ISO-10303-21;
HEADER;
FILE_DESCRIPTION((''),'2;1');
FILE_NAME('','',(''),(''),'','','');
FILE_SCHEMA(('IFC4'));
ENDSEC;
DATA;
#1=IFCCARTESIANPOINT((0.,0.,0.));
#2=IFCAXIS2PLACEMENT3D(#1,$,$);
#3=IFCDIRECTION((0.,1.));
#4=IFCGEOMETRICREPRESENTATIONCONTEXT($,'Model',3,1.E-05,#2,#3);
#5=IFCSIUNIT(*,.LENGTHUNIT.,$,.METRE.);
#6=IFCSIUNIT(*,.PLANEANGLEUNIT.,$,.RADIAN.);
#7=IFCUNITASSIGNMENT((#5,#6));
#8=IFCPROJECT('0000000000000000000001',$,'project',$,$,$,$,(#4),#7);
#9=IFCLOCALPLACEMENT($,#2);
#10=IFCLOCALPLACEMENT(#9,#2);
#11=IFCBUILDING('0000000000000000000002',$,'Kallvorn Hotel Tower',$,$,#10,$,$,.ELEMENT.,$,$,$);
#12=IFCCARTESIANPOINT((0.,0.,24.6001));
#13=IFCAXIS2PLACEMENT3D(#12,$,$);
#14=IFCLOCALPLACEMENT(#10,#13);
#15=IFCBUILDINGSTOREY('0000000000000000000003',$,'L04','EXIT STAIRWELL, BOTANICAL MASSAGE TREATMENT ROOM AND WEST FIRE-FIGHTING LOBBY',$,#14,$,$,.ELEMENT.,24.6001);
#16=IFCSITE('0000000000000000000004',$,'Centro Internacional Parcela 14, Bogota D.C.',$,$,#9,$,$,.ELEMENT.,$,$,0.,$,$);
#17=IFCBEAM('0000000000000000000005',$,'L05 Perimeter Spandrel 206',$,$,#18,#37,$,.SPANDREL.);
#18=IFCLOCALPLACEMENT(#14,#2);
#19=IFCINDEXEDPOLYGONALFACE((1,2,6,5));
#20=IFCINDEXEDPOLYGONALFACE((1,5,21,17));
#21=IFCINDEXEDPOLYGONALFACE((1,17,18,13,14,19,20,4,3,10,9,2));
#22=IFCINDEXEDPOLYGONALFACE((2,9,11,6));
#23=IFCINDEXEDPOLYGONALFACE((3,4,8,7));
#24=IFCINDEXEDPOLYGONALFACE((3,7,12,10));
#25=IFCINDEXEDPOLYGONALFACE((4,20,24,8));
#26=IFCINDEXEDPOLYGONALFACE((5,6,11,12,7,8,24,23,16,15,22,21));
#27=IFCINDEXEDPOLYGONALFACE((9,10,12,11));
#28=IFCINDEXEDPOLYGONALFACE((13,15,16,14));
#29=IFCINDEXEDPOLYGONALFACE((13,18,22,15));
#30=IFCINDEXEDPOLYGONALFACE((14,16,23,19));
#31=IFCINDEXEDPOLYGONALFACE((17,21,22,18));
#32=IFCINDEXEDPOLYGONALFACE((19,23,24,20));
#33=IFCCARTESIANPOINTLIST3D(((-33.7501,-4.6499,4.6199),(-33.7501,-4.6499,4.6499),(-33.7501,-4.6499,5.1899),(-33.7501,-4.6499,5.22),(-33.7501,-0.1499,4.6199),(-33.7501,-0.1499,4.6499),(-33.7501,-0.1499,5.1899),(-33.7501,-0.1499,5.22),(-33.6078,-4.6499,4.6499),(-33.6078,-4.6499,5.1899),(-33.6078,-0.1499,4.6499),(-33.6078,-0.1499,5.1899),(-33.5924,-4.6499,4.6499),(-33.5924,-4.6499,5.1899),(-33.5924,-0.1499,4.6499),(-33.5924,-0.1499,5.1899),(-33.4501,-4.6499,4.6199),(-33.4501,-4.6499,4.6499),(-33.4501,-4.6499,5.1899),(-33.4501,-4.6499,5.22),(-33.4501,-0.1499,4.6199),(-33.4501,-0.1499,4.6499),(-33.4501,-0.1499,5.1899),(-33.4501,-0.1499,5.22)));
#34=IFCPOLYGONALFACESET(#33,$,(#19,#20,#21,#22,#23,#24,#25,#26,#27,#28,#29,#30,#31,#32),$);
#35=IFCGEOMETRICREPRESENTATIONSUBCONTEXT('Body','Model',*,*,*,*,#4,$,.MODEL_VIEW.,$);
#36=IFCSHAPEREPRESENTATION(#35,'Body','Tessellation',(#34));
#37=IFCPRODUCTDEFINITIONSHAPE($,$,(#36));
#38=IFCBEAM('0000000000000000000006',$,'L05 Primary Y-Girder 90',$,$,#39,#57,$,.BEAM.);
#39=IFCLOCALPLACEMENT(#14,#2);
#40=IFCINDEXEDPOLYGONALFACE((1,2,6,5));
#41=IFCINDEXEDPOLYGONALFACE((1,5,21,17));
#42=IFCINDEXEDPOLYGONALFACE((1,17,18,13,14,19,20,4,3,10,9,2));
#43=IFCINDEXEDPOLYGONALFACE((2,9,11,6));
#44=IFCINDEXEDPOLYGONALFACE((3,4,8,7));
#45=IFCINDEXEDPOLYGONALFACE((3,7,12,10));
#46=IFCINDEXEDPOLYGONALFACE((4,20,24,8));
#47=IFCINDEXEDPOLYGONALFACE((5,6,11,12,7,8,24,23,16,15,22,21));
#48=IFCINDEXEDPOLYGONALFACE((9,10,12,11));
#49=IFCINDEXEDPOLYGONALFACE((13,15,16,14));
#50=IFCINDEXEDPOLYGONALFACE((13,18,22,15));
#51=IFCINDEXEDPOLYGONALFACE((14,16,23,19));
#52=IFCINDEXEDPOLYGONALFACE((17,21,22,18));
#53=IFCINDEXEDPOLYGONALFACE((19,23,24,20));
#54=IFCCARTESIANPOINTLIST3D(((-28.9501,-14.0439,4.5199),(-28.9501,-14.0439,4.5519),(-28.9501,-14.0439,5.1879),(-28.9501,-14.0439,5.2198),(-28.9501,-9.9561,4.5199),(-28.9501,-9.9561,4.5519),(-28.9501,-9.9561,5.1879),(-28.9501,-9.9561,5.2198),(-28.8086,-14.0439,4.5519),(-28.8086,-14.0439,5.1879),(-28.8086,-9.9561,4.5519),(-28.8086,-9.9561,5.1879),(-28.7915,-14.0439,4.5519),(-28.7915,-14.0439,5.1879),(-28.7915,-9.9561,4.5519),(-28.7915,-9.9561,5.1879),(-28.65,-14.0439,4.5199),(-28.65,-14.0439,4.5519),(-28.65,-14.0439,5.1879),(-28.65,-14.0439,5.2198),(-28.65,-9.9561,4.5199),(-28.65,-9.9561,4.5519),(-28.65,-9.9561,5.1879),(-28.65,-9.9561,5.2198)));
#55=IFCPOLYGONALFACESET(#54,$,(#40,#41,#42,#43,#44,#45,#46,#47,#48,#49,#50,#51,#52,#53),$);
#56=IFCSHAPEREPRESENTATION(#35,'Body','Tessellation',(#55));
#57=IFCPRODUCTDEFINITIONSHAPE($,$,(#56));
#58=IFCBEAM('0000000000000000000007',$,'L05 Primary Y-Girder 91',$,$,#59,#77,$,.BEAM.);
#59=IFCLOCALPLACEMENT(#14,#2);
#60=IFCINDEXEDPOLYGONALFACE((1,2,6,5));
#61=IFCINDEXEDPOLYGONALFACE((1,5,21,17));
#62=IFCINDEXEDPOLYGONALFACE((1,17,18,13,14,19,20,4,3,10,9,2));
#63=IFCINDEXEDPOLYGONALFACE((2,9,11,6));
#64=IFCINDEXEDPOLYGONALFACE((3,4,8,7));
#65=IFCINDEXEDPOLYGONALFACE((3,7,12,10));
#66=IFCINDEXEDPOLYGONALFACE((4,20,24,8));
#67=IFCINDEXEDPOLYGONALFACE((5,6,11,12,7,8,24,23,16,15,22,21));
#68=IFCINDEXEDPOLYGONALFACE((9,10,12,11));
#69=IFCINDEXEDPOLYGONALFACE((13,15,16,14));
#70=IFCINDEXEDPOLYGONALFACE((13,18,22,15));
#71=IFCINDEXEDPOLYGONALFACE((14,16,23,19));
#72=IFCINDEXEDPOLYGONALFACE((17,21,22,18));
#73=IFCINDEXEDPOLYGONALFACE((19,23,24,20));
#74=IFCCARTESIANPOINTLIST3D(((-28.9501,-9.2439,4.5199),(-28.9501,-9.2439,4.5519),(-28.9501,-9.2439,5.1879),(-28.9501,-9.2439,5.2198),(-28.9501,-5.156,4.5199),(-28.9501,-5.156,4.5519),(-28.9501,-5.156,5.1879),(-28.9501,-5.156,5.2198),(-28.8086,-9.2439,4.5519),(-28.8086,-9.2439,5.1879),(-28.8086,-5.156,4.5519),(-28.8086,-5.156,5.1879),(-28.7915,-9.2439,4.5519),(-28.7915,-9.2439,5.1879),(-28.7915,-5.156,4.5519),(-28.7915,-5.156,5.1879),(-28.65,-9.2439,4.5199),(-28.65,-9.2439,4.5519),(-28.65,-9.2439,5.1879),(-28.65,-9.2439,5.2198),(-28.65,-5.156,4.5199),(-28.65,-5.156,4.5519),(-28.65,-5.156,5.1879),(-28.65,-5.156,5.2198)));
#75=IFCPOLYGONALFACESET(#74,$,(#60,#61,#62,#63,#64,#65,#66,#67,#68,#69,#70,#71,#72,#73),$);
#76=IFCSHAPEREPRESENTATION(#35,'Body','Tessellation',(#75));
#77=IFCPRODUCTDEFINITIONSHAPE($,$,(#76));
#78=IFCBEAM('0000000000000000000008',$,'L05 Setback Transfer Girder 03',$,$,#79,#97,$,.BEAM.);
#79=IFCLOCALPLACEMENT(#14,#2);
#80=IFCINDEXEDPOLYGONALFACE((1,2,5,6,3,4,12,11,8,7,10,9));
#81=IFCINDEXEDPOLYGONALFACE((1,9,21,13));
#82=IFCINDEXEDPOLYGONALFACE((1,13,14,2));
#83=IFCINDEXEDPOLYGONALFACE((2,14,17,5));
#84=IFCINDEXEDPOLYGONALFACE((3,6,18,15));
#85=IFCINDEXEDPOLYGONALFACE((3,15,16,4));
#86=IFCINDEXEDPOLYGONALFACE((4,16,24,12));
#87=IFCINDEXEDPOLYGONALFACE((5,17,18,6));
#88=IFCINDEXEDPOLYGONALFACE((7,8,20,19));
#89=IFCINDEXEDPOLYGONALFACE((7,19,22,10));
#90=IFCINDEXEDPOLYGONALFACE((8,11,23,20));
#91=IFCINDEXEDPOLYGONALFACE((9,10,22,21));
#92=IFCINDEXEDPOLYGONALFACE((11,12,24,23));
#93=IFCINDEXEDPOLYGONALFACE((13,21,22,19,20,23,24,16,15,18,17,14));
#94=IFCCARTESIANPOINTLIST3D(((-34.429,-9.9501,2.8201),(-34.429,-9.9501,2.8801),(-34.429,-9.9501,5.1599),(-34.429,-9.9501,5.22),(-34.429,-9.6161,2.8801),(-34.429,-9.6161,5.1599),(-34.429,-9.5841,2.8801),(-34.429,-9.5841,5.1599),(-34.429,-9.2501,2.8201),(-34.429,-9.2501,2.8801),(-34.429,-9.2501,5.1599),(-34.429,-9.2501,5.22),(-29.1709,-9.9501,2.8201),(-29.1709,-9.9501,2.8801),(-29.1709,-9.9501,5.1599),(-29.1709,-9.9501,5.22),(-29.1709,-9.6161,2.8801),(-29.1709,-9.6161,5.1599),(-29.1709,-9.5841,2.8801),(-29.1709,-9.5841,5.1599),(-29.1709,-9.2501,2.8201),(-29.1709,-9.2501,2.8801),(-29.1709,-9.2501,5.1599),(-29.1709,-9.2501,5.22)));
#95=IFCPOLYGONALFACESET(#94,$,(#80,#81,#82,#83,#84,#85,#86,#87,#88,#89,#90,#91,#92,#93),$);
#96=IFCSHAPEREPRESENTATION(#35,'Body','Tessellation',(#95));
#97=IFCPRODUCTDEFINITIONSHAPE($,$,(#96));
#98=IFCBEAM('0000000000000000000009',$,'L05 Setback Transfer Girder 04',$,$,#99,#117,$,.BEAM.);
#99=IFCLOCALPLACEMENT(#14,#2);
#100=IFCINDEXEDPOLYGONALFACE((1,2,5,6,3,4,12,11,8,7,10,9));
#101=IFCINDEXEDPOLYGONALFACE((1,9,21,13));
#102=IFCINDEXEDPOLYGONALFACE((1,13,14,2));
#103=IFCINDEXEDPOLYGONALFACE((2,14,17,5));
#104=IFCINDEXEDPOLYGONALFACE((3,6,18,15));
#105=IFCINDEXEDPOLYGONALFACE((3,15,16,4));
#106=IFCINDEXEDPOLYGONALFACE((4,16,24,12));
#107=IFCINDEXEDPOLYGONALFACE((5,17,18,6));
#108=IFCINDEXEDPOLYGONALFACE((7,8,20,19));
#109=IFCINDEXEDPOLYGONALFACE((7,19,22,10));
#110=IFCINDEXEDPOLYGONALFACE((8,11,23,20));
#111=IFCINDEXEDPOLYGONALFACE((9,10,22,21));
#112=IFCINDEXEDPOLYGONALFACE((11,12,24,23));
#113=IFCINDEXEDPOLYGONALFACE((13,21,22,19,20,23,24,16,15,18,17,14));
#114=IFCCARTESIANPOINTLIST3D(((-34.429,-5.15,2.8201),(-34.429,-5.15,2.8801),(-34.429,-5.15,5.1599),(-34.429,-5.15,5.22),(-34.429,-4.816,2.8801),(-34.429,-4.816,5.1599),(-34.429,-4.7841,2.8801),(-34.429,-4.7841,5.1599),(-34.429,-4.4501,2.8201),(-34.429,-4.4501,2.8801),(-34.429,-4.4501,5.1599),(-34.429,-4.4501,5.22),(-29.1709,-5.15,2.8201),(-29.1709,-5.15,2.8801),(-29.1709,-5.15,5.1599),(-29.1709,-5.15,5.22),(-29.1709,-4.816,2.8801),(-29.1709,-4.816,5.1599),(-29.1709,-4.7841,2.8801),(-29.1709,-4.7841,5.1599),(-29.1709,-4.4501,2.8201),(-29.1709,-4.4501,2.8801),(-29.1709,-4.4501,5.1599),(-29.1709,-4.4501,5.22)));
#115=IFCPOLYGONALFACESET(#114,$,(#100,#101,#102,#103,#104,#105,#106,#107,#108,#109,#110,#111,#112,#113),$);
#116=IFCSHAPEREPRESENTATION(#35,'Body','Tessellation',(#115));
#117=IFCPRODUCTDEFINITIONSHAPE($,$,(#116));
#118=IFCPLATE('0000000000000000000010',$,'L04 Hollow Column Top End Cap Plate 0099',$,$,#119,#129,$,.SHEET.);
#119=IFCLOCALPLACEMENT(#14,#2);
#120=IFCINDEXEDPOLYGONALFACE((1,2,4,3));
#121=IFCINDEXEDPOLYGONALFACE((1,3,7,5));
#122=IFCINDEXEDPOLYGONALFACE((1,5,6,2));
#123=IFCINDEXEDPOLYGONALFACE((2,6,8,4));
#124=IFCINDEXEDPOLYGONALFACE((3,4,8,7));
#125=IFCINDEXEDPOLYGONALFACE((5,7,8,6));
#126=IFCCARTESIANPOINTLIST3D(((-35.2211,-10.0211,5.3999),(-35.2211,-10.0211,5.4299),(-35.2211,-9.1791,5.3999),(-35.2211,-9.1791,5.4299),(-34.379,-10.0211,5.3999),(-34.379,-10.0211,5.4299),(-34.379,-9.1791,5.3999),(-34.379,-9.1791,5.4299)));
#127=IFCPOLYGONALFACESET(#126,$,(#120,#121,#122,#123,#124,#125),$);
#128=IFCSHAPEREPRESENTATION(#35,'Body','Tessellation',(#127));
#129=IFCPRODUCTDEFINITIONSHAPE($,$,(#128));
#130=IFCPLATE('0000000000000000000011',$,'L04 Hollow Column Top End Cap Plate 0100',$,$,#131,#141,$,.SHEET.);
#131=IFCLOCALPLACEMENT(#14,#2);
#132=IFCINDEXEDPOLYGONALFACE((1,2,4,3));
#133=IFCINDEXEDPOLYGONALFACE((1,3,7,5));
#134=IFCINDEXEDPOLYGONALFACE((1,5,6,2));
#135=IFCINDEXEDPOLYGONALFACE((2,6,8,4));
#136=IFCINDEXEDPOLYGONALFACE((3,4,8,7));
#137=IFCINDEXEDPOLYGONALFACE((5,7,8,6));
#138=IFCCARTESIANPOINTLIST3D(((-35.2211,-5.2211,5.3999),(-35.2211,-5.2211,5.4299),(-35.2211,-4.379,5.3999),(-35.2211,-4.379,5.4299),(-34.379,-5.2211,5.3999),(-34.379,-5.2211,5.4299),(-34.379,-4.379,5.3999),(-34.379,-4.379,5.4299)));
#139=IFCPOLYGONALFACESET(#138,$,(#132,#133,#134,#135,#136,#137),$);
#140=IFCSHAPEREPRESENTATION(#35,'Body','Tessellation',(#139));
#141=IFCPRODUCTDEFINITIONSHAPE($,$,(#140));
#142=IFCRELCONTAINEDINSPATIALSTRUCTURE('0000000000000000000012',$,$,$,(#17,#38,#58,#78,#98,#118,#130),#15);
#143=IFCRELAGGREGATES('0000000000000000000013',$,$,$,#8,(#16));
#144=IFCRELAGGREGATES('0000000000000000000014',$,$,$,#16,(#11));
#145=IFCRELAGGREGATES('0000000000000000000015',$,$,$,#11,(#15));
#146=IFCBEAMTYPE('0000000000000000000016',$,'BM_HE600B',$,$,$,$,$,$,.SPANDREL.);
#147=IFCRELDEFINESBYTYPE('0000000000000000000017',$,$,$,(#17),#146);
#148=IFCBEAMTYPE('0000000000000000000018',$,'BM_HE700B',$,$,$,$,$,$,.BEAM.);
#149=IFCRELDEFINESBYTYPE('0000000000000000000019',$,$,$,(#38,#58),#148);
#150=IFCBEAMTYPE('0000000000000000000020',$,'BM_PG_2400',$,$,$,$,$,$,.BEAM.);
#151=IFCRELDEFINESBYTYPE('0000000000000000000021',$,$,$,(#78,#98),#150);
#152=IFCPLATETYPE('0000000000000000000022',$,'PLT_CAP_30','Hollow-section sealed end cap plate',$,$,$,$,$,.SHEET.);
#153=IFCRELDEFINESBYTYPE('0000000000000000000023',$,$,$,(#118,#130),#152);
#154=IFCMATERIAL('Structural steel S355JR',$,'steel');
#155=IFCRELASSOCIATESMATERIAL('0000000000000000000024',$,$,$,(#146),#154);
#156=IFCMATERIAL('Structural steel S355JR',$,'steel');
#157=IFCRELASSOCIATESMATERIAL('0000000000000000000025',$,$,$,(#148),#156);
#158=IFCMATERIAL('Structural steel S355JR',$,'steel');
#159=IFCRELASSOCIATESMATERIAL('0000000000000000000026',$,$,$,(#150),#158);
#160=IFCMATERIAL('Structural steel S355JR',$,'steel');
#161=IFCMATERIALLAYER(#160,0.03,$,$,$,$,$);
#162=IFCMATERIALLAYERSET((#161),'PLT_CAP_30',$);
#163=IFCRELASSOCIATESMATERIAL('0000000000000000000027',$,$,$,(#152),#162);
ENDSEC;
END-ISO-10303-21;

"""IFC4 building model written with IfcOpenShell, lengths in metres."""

from ifc_helpers import new_model, si_unit, direction, frame, origin, origin_2d, place, context, subcontext, project, spatial, rectangle, i_section, extrude, material, layer, layer_set, material_profile, profile_set, type_object, element, save


model = new_model("IFC4")

# Units and contexts
model_context = context("Model", 3, precision=1e-05, world=origin(), true_north=direction((0.0, 1.0)))
body_context = subcontext(model_context, "Body", "Model", "MODEL_VIEW")
ifc_project = project(units=[si_unit("LENGTHUNIT", "METRE"), si_unit("PLANEANGLEUNIT", "RADIAN")], contexts=[model_context])

# Site, building, storey
site_placement = place(None, origin())
site = spatial("IfcSite", under=ifc_project, at=site_placement, Name="Centro Internacional Parcela 14, Bogota D.C.", CompositionType="ELEMENT", RefElevation=0.0)
building_placement = place(site_placement, origin())
building = spatial("IfcBuilding", under=site, at=building_placement, Name="Kallvorn Hotel Tower", CompositionType="ELEMENT")
storey_placement = place(building_placement, frame((0.0, 0.0, 24.6001)))
storey = spatial("IfcBuildingStorey", under=building, at=storey_placement, Name="L04", Description="EXIT STAIRWELL, BOTANICAL MASSAGE TREATMENT ROOM AND WEST FIRE-FIGHTING LOBBY", CompositionType="ELEMENT", Elevation=24.6001)

# Beams
ifc_material_1 = material(Name="Structural steel S355JR", Category="steel")
ifc_material_profile_1 = material_profile(ifc_material_1, i_section(OverallWidth=0.3, OverallDepth=0.6001, WebThickness=0.0154, FlangeThickness=0.03, at=origin_2d()), Name="HE 600 B")
ifc_profile_set_1 = profile_set([ifc_material_profile_1], Name="Structural steel S355JR")
beam_type_1 = type_object("IfcBeamType", Name="BM_HE600B", PredefinedType="SPANDREL", material=ifc_profile_set_1)
for number, where, z_axis, x_axis, name in (
    (1, (-33.6001, -4.6499, 4.9199), (0.0, 1.0, 0.0), (-1.0, 0.0, 0.0), "L05 Perimeter Spandrel 206"),
):
    element("IfcBeam", number, at=place(storey_placement, frame(where, z_axis=z_axis, x_axis=x_axis)), inside=storey, type_object=beam_type_1, Name=name, PredefinedType="SPANDREL", context=body_context, shape_type="SweptSolid", body=[
        extrude(i_section(OverallWidth=0.3, OverallDepth=0.6001, WebThickness=0.0154, FlangeThickness=0.03, at=origin_2d()), origin(), (0.0, 0.0, 1.0), 4.5),
    ])
ifc_material_2 = material(Name="Structural steel S355JR", Category="steel")
ifc_material_profile_2 = material_profile(ifc_material_2, i_section(OverallWidth=0.3, OverallDepth=0.7, WebThickness=0.0171, FlangeThickness=0.032, at=origin_2d()), Name="HE 700 B")
ifc_profile_set_2 = profile_set([ifc_material_profile_2], Name="Structural steel S355JR")
beam_type_2 = type_object("IfcBeamType", Name="BM_HE700B", PredefinedType="BEAM", material=ifc_profile_set_2)
for number, where, z_axis, x_axis, name in (
    (2, (-28.8, -14.0439, 4.8699), (0.0, 1.0, 0.0), (-1.0, 0.0, 0.0), "L05 Primary Y-Girder 90"),
    (3, (-28.8, -9.2439, 4.8699), (0.0, 1.0, 0.0), (-1.0, 0.0, 0.0), "L05 Primary Y-Girder 91"),
):
    element("IfcBeam", number, at=place(storey_placement, frame(where, z_axis=z_axis, x_axis=x_axis)), inside=storey, type_object=beam_type_2, Name=name, PredefinedType="BEAM", context=body_context, shape_type="SweptSolid", body=[
        extrude(i_section(OverallWidth=0.3, OverallDepth=0.7, WebThickness=0.0171, FlangeThickness=0.032, at=origin_2d()), origin(), (0.0, 0.0, 1.0), 4.0879),
    ])
ifc_material_3 = material(Name="Structural steel S355JR", Category="steel")
ifc_material_profile_3 = material_profile(ifc_material_3, i_section(OverallWidth=0.7, OverallDepth=2.3999, WebThickness=0.032, FlangeThickness=0.0601, at=origin_2d()), Name="PG 2400x700x32x60")
ifc_profile_set_3 = profile_set([ifc_material_profile_3], Name="Structural steel S355JR")
beam_type_3 = type_object("IfcBeamType", Name="BM_PG_2400", PredefinedType="BEAM", material=ifc_profile_set_3)
for number, where, z_axis, x_axis, name in (
    (4, (-34.429, -9.6001, 4.02), (1.0, 0.0, 0.0), (0.0, 1.0, 0.0), "L05 Setback Transfer Girder 03"),
    (5, (-34.429, -4.8, 4.02), (1.0, 0.0, 0.0), (0.0, 1.0, 0.0), "L05 Setback Transfer Girder 04"),
):
    element("IfcBeam", number, at=place(storey_placement, frame(where, z_axis=z_axis, x_axis=x_axis)), inside=storey, type_object=beam_type_3, Name=name, PredefinedType="BEAM", context=body_context, shape_type="SweptSolid", body=[
        extrude(i_section(OverallWidth=0.7, OverallDepth=2.3999, WebThickness=0.032, FlangeThickness=0.0601, at=origin_2d()), origin(), (0.0, 0.0, 1.0), 5.2581),
    ])

# Plates
ifc_material_4 = material(Name="Structural steel S355JR", Category="steel")
ifc_layer_1 = layer(ifc_material_4, 0.03)
ifc_layer_set_1 = layer_set([ifc_layer_1], Name="PLT_CAP_30")
plate_type = type_object("IfcPlateType", Name="PLT_CAP_30", Description="Hollow-section sealed end cap plate", PredefinedType="SHEET", material=ifc_layer_set_1)
for number, where, z_axis, x_axis, name in (
    (6, (-34.8, -9.6001, 5.3999), (0.0, 0.0, 1.0), (1.0, 0.0, 0.0), "L04 Hollow Column Top End Cap Plate 0099"),
    (7, (-34.8, -4.8, 5.3999), (0.0, 0.0, 1.0), (1.0, 0.0, 0.0), "L04 Hollow Column Top End Cap Plate 0100"),
):
    element("IfcPlate", number, at=place(storey_placement, frame(where, z_axis=z_axis, x_axis=x_axis)), inside=storey, type_object=plate_type, Name=name, PredefinedType="SHEET", context=body_context, shape_type="SweptSolid", body=[
        extrude(rectangle(XDim=0.842, YDim=0.842, at=origin_2d()), origin(), (0.0, 0.0, 1.0), 0.03),
    ])

save(model, "model.ifc")
